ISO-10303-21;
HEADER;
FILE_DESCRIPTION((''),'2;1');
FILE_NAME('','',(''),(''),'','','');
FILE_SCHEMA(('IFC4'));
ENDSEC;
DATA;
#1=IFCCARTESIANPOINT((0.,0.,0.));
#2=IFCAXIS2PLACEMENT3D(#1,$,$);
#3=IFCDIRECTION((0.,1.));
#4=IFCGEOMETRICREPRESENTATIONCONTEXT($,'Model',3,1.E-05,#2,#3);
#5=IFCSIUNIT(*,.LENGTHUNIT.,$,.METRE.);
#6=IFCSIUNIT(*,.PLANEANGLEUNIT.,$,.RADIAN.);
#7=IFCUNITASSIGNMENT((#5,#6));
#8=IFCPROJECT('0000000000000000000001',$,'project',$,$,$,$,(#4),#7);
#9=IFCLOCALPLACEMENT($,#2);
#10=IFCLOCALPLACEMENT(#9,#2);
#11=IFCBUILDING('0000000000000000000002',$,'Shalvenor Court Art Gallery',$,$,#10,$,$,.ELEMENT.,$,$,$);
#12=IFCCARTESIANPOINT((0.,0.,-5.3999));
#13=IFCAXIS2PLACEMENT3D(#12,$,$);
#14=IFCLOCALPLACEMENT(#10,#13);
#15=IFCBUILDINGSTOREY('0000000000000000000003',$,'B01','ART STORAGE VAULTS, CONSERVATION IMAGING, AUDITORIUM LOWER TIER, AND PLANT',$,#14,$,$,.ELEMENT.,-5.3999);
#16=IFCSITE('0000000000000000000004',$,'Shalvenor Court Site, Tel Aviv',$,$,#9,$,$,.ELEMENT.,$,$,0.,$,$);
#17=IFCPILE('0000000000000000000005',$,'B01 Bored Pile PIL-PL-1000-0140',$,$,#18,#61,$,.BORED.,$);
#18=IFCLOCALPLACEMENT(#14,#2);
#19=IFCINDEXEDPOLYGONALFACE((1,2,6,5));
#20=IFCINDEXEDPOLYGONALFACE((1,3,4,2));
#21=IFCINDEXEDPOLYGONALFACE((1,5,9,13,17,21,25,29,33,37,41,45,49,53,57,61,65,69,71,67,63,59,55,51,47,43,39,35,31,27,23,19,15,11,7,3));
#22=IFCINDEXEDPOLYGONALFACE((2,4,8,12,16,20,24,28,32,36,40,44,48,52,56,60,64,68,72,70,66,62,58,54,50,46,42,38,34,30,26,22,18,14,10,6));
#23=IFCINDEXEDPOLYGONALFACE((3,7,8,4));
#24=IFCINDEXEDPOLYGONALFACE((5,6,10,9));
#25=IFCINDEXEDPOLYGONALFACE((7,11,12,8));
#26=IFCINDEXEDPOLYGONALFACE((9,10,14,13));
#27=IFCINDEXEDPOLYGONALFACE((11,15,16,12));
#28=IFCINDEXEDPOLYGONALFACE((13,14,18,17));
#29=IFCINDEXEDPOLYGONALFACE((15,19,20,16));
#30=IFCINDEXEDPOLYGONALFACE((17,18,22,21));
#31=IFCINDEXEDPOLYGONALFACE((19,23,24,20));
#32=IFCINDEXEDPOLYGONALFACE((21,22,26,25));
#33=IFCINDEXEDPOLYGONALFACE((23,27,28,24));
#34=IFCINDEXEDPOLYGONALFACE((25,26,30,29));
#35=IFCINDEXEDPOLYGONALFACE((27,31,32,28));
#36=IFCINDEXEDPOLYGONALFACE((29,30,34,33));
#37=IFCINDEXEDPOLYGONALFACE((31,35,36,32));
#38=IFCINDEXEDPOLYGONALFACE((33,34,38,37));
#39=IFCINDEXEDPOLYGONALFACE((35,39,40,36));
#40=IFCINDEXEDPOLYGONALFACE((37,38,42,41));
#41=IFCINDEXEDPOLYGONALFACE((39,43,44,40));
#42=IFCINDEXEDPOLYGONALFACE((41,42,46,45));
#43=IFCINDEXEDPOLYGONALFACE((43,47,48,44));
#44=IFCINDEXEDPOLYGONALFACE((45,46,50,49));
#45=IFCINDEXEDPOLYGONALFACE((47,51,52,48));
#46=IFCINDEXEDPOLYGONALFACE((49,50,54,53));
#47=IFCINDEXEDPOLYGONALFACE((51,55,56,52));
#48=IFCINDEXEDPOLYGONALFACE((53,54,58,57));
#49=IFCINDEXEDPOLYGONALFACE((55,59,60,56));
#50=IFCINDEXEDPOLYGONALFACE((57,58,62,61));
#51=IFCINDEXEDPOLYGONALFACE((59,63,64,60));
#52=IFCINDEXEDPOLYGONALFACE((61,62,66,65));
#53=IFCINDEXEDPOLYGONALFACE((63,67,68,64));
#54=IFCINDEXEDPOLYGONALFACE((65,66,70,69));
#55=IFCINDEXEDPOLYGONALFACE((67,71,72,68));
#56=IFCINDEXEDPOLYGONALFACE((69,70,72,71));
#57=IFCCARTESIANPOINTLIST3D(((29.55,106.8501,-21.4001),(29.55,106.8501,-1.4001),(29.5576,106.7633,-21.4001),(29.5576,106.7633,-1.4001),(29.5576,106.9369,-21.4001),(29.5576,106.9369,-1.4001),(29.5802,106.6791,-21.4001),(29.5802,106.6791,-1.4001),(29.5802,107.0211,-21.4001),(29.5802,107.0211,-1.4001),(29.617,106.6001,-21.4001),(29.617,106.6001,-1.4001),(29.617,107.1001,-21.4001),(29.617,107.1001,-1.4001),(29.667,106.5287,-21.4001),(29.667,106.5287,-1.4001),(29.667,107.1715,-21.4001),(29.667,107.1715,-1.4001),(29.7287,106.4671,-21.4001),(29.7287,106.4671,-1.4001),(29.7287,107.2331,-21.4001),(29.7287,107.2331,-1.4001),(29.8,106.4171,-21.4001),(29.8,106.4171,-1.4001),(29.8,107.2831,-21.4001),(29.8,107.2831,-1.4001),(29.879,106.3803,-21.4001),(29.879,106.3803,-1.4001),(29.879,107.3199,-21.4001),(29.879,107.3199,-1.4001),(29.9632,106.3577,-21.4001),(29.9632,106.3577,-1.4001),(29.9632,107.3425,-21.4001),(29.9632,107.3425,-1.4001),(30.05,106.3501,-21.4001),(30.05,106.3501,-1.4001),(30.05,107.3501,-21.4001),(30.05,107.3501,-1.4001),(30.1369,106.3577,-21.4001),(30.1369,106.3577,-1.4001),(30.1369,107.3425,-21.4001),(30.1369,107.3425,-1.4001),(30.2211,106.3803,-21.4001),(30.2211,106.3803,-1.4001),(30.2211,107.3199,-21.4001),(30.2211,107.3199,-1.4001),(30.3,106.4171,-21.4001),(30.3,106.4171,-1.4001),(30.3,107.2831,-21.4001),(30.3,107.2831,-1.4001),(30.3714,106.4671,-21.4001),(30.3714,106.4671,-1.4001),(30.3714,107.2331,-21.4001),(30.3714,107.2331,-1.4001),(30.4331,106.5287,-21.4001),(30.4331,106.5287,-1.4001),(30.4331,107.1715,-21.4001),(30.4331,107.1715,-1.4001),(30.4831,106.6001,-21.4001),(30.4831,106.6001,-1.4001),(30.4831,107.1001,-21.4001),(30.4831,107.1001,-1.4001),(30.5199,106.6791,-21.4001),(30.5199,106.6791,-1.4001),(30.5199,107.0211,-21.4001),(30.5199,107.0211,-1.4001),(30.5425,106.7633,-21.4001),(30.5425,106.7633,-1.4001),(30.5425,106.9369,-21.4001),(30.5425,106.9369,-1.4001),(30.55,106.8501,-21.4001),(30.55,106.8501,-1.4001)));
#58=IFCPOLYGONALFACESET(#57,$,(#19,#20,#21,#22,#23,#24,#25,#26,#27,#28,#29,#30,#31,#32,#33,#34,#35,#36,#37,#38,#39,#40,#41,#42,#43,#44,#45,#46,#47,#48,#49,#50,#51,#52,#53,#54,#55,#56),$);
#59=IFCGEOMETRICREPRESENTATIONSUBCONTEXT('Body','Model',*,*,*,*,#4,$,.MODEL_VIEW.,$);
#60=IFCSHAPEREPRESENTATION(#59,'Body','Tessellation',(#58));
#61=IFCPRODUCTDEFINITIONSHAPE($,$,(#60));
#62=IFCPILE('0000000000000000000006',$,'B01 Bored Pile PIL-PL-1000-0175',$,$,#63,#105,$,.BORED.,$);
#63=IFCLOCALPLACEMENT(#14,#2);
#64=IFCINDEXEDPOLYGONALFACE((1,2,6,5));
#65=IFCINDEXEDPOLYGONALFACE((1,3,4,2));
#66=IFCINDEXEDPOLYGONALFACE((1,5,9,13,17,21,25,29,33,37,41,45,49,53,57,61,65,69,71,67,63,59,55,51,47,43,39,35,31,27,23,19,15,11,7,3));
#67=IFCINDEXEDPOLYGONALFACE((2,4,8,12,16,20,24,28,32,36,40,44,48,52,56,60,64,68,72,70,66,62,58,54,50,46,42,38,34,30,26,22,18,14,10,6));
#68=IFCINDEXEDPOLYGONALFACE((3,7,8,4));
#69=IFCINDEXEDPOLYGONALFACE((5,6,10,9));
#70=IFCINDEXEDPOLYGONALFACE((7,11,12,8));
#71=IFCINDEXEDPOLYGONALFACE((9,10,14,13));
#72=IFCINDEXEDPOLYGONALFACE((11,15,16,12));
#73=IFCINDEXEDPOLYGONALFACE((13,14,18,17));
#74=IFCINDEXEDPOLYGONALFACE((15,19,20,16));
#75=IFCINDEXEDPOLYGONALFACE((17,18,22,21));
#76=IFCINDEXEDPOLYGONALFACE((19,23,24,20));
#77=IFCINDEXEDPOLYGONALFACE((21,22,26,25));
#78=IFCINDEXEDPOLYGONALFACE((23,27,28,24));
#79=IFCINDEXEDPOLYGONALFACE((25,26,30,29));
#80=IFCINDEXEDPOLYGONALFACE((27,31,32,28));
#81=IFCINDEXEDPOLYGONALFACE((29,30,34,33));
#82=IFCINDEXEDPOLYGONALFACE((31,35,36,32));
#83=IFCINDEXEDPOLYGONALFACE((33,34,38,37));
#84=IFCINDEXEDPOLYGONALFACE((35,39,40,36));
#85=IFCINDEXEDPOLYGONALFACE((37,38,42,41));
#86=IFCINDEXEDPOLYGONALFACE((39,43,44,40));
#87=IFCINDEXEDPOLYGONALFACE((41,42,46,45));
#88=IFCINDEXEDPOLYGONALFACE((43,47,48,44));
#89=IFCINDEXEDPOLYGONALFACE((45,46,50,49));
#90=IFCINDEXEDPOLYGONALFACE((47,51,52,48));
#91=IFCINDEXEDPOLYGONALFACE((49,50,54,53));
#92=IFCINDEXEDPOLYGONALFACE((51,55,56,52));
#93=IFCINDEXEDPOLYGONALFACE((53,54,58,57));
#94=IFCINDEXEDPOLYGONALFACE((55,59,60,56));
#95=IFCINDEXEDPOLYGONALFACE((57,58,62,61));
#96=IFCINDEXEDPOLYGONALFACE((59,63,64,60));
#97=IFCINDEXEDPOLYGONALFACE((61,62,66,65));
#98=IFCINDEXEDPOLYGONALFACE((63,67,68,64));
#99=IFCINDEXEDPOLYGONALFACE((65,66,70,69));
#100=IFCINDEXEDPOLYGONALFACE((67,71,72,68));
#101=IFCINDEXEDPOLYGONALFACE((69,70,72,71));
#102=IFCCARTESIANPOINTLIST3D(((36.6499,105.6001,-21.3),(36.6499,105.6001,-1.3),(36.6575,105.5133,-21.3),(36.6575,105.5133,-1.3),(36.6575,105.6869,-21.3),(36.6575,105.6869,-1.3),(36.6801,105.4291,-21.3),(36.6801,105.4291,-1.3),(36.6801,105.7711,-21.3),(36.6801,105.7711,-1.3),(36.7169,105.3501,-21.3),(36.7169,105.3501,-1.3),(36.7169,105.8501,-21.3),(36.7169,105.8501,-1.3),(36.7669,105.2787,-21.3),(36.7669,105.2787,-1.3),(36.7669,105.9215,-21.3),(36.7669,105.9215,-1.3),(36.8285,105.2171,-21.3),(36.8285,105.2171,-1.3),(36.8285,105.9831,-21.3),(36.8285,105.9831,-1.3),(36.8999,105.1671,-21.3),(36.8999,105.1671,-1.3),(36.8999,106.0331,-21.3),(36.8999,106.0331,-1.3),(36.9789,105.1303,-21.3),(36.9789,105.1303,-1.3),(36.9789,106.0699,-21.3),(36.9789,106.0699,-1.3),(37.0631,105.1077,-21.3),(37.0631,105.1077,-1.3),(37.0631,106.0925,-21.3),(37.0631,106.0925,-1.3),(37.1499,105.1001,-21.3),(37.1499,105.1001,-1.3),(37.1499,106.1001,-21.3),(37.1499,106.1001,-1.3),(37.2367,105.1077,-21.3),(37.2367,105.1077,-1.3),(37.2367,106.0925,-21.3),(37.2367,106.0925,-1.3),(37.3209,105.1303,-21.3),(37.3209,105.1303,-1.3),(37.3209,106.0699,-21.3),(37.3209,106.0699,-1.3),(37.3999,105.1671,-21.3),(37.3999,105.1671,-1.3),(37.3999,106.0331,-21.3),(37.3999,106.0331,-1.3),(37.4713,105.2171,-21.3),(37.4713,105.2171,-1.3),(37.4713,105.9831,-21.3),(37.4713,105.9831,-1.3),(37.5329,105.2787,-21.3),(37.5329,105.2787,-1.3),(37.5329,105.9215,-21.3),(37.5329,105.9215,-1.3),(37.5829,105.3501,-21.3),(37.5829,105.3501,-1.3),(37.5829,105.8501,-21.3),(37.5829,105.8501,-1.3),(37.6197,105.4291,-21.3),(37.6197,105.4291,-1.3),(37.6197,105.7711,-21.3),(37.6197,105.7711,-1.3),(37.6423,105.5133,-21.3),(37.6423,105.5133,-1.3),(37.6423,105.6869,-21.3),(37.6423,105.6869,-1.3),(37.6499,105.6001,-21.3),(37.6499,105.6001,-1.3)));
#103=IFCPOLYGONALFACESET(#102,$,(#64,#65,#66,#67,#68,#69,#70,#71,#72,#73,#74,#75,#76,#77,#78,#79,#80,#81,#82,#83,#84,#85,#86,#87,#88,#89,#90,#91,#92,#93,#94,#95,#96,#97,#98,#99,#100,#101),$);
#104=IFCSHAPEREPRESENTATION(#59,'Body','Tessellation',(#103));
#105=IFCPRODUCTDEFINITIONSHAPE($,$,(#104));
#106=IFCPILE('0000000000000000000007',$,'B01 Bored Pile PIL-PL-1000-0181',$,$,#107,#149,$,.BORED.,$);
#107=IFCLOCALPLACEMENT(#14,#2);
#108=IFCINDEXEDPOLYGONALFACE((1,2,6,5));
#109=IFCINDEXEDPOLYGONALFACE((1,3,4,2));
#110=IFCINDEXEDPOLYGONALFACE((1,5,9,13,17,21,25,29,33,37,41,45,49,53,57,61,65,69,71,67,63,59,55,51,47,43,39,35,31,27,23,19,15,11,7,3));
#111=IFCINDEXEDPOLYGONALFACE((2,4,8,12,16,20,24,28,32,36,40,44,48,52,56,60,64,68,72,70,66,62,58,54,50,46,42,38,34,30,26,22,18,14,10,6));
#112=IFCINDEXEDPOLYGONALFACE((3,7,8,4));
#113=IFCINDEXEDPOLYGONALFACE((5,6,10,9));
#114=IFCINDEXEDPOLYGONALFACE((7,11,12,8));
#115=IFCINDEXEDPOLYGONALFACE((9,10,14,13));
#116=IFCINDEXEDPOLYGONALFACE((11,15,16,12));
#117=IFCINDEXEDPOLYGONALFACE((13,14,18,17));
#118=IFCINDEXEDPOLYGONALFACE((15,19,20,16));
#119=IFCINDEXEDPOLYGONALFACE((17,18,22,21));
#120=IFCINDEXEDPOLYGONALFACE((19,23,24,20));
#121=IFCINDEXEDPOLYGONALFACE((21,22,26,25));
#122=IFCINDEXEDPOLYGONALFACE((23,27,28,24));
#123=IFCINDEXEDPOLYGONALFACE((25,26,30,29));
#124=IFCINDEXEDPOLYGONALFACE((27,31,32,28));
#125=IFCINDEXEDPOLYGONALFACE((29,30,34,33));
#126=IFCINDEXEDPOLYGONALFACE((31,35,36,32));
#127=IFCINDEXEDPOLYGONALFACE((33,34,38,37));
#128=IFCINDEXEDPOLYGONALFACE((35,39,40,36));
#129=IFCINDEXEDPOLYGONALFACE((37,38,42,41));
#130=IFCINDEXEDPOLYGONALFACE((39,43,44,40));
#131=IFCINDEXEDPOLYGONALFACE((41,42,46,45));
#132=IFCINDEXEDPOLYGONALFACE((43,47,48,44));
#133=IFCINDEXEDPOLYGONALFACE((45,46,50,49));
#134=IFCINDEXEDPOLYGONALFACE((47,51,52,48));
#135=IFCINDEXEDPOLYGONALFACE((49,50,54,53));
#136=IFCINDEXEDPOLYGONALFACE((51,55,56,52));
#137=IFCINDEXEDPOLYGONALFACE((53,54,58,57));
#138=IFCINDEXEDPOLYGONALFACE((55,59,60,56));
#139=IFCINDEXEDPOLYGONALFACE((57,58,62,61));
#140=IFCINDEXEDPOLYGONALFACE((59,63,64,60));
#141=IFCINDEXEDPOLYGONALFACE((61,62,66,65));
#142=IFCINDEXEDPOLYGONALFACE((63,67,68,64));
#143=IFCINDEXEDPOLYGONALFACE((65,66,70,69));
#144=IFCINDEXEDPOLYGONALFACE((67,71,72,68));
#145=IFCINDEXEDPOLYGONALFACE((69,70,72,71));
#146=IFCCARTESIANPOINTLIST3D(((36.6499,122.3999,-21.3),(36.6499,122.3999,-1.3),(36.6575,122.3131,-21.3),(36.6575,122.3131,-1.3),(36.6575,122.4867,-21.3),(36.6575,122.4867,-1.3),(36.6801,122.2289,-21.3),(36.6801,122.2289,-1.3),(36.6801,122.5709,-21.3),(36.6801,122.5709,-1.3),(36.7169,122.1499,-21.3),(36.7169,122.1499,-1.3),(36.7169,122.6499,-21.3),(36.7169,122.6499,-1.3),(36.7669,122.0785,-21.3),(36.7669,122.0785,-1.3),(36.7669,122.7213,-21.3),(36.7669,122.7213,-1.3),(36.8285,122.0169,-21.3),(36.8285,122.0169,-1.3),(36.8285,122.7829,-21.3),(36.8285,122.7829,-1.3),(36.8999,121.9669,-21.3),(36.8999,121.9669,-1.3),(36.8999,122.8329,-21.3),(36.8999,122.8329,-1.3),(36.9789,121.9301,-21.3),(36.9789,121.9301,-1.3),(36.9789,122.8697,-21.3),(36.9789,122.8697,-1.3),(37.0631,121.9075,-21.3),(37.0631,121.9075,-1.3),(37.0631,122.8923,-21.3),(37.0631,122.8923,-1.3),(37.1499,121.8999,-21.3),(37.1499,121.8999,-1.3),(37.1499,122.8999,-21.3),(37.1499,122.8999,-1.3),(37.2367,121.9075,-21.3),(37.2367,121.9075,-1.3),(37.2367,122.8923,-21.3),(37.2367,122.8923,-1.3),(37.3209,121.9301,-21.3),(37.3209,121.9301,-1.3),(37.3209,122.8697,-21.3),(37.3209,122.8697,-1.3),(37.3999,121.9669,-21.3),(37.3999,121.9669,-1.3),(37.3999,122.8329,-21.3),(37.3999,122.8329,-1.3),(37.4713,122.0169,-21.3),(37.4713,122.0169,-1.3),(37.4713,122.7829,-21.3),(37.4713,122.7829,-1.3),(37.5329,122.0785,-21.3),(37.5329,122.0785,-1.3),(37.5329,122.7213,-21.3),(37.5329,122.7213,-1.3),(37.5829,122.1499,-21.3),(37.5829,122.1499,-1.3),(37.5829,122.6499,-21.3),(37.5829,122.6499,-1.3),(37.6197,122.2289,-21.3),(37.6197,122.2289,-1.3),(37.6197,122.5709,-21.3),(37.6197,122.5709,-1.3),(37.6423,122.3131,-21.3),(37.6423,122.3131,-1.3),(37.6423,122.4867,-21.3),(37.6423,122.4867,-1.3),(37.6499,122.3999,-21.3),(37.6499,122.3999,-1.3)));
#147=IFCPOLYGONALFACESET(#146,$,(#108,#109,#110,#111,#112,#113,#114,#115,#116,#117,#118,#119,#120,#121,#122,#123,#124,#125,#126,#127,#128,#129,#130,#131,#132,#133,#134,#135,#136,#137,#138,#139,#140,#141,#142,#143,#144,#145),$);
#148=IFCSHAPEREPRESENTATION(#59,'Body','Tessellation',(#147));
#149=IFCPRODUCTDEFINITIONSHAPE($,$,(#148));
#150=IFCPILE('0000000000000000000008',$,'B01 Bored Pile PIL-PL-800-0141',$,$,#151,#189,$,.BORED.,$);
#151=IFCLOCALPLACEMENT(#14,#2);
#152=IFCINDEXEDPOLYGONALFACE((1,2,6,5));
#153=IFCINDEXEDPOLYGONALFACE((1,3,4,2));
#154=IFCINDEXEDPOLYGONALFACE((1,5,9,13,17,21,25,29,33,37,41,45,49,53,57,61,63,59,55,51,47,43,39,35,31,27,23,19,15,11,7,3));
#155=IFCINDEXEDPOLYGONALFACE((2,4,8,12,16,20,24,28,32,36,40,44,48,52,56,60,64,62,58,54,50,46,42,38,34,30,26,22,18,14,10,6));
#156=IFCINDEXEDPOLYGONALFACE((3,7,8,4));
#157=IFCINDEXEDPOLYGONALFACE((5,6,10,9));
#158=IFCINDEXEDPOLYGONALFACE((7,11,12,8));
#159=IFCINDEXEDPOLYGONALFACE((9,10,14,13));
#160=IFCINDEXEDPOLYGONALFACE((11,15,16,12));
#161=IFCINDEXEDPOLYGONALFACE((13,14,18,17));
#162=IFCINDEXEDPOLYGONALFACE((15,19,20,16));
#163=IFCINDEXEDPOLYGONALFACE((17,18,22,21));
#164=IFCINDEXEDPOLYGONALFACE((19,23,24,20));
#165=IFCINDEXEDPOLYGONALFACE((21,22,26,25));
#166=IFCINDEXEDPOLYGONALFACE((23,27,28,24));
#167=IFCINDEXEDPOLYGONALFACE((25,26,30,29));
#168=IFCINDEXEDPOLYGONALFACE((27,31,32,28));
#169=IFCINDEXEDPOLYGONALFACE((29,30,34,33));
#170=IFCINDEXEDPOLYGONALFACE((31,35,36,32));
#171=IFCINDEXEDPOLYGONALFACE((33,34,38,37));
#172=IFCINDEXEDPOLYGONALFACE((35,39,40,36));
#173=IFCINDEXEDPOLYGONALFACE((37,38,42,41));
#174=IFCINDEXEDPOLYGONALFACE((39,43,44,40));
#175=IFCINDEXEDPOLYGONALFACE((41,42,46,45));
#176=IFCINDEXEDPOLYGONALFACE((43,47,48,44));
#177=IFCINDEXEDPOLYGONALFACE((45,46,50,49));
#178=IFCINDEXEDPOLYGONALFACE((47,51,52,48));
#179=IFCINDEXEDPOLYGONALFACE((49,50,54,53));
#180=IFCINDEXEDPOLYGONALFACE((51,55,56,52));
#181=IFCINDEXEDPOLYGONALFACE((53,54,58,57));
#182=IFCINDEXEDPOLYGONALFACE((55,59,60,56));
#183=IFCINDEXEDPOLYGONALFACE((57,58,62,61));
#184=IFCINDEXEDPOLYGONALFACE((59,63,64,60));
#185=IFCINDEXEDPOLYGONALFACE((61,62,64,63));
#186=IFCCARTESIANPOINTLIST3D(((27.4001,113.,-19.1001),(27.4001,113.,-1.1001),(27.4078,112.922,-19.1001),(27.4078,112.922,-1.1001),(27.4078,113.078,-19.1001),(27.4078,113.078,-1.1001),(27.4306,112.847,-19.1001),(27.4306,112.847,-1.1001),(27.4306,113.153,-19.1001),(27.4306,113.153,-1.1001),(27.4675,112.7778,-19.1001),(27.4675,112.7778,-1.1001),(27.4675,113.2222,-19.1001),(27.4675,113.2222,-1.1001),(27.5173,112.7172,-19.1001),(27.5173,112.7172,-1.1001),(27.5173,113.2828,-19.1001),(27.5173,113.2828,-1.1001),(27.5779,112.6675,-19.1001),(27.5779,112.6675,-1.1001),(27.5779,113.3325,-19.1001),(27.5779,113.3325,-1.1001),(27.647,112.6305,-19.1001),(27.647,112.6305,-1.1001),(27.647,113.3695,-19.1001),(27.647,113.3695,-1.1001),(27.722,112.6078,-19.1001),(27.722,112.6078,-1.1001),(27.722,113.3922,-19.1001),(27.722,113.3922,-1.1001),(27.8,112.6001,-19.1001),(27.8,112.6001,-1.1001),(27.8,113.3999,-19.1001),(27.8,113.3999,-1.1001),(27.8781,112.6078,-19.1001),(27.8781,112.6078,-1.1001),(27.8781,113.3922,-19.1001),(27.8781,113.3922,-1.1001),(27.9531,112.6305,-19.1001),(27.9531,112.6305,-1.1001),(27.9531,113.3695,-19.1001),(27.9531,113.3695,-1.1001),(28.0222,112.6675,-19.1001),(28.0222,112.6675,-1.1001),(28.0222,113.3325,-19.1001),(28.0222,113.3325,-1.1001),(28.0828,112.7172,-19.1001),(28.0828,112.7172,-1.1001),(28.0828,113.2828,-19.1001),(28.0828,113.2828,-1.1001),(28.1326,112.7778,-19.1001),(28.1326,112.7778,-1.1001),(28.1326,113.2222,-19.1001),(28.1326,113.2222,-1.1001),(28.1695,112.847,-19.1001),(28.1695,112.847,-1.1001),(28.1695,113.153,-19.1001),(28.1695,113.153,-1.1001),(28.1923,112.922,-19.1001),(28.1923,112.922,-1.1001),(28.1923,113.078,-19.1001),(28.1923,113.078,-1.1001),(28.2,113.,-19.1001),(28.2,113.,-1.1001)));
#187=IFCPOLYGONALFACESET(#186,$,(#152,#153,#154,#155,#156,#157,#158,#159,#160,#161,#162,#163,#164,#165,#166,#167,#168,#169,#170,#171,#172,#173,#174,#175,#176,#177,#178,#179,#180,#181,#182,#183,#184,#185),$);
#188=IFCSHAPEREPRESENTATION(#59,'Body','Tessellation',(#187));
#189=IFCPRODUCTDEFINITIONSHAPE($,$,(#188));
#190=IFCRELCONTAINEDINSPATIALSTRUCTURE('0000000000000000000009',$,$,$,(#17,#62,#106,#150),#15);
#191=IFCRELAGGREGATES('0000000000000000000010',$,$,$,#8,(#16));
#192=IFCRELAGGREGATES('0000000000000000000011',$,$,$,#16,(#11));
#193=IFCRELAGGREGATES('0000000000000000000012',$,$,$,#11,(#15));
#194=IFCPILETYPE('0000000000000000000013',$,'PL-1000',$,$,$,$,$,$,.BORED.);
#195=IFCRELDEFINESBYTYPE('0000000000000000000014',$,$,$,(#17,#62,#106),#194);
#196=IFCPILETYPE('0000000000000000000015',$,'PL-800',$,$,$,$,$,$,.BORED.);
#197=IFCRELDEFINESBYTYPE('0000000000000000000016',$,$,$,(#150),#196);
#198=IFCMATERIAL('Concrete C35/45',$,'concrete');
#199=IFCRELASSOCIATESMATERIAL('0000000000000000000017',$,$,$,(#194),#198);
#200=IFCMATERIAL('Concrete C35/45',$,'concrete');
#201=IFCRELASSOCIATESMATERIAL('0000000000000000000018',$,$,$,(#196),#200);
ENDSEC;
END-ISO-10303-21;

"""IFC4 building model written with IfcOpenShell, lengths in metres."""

from ifc_helpers import new_model, si_unit, direction, frame, origin, origin_2d, place, context, subcontext, project, spatial, circle, extrude, material, material_profile, profile_set, type_object, element, save


model = new_model("IFC4")

# Units and contexts
model_context = context("Model", 3, precision=1e-05, world=origin(), true_north=direction((0.0, 1.0)))
body_context = subcontext(model_context, "Body", "Model", "MODEL_VIEW")
ifc_project = project(units=[si_unit("LENGTHUNIT", "METRE"), si_unit("PLANEANGLEUNIT", "RADIAN")], contexts=[model_context])

# Site, building, storey
site_placement = place(None, origin())
site = spatial("IfcSite", under=ifc_project, at=site_placement, Name="Shalvenor Court Site, Tel Aviv", CompositionType="ELEMENT", RefElevation=0.0)
building_placement = place(site_placement, origin())
building = spatial("IfcBuilding", under=site, at=building_placement, Name="Shalvenor Court Art Gallery", CompositionType="ELEMENT")
storey_placement = place(building_placement, frame((0.0, 0.0, -5.3999)))
storey = spatial("IfcBuildingStorey", under=building, at=storey_placement, Name="B01", Description="ART STORAGE VAULTS, CONSERVATION IMAGING, AUDITORIUM LOWER TIER, AND PLANT", CompositionType="ELEMENT", Elevation=-5.3999)

# Piles
ifc_material_1 = material(Name="Concrete C35/45", Category="concrete")
ifc_material_profile_1 = material_profile(ifc_material_1, circle(Radius=0.5, at=origin_2d()), Name="PILE 1000")
ifc_profile_set_1 = profile_set([ifc_material_profile_1], Name="Concrete C35/45")
pile_type_1 = type_object("IfcPileType", Name="PL-1000", PredefinedType="BORED", material=ifc_profile_set_1)
for number, where, z_axis, x_axis, name in (
    (1, (30.05, 106.8501, -1.4001), (0.0, 0.0, -1.0), (1.0, 0.0, 0.0), "B01 Bored Pile PIL-PL-1000-0140"),
    (2, (37.1499, 105.6001, -1.3), (0.0, 0.0, -1.0), (1.0, 0.0, 0.0), "B01 Bored Pile PIL-PL-1000-0175"),
    (3, (37.1499, 122.3999, -1.3), (0.0, 0.0, -1.0), (1.0, 0.0, 0.0), "B01 Bored Pile PIL-PL-1000-0181"),
):
    element("IfcPile", number, at=place(storey_placement, frame(where, z_axis=z_axis, x_axis=x_axis)), inside=storey, type_object=pile_type_1, Name=name, PredefinedType="BORED", context=body_context, shape_type="SweptSolid", body=[
        extrude(circle(Radius=0.5, at=origin_2d()), origin(), (0.0, 0.0, 1.0), 20.0),
    ])
ifc_material_2 = material(Name="Concrete C35/45", Category="concrete")
ifc_material_profile_2 = material_profile(ifc_material_2, circle(Radius=0.3999, at=origin_2d()), Name="PILE 800")
ifc_profile_set_2 = profile_set([ifc_material_profile_2], Name="Concrete C35/45")
pile_type_2 = type_object("IfcPileType", Name="PL-800", PredefinedType="BORED", material=ifc_profile_set_2)
for number, where, z_axis, x_axis, name in (
    (4, (27.8, 113.0, -1.1001), (0.0, 0.0, -1.0), (1.0, 0.0, 0.0), "B01 Bored Pile PIL-PL-800-0141"),
):
    element("IfcPile", number, at=place(storey_placement, frame(where, z_axis=z_axis, x_axis=x_axis)), inside=storey, type_object=pile_type_2, Name=name, PredefinedType="BORED", context=body_context, shape_type="SweptSolid", body=[
        extrude(circle(Radius=0.3999, at=origin_2d()), origin(), (0.0, 0.0, 1.0), 18.0),
    ])

save(model, "model.ifc")
